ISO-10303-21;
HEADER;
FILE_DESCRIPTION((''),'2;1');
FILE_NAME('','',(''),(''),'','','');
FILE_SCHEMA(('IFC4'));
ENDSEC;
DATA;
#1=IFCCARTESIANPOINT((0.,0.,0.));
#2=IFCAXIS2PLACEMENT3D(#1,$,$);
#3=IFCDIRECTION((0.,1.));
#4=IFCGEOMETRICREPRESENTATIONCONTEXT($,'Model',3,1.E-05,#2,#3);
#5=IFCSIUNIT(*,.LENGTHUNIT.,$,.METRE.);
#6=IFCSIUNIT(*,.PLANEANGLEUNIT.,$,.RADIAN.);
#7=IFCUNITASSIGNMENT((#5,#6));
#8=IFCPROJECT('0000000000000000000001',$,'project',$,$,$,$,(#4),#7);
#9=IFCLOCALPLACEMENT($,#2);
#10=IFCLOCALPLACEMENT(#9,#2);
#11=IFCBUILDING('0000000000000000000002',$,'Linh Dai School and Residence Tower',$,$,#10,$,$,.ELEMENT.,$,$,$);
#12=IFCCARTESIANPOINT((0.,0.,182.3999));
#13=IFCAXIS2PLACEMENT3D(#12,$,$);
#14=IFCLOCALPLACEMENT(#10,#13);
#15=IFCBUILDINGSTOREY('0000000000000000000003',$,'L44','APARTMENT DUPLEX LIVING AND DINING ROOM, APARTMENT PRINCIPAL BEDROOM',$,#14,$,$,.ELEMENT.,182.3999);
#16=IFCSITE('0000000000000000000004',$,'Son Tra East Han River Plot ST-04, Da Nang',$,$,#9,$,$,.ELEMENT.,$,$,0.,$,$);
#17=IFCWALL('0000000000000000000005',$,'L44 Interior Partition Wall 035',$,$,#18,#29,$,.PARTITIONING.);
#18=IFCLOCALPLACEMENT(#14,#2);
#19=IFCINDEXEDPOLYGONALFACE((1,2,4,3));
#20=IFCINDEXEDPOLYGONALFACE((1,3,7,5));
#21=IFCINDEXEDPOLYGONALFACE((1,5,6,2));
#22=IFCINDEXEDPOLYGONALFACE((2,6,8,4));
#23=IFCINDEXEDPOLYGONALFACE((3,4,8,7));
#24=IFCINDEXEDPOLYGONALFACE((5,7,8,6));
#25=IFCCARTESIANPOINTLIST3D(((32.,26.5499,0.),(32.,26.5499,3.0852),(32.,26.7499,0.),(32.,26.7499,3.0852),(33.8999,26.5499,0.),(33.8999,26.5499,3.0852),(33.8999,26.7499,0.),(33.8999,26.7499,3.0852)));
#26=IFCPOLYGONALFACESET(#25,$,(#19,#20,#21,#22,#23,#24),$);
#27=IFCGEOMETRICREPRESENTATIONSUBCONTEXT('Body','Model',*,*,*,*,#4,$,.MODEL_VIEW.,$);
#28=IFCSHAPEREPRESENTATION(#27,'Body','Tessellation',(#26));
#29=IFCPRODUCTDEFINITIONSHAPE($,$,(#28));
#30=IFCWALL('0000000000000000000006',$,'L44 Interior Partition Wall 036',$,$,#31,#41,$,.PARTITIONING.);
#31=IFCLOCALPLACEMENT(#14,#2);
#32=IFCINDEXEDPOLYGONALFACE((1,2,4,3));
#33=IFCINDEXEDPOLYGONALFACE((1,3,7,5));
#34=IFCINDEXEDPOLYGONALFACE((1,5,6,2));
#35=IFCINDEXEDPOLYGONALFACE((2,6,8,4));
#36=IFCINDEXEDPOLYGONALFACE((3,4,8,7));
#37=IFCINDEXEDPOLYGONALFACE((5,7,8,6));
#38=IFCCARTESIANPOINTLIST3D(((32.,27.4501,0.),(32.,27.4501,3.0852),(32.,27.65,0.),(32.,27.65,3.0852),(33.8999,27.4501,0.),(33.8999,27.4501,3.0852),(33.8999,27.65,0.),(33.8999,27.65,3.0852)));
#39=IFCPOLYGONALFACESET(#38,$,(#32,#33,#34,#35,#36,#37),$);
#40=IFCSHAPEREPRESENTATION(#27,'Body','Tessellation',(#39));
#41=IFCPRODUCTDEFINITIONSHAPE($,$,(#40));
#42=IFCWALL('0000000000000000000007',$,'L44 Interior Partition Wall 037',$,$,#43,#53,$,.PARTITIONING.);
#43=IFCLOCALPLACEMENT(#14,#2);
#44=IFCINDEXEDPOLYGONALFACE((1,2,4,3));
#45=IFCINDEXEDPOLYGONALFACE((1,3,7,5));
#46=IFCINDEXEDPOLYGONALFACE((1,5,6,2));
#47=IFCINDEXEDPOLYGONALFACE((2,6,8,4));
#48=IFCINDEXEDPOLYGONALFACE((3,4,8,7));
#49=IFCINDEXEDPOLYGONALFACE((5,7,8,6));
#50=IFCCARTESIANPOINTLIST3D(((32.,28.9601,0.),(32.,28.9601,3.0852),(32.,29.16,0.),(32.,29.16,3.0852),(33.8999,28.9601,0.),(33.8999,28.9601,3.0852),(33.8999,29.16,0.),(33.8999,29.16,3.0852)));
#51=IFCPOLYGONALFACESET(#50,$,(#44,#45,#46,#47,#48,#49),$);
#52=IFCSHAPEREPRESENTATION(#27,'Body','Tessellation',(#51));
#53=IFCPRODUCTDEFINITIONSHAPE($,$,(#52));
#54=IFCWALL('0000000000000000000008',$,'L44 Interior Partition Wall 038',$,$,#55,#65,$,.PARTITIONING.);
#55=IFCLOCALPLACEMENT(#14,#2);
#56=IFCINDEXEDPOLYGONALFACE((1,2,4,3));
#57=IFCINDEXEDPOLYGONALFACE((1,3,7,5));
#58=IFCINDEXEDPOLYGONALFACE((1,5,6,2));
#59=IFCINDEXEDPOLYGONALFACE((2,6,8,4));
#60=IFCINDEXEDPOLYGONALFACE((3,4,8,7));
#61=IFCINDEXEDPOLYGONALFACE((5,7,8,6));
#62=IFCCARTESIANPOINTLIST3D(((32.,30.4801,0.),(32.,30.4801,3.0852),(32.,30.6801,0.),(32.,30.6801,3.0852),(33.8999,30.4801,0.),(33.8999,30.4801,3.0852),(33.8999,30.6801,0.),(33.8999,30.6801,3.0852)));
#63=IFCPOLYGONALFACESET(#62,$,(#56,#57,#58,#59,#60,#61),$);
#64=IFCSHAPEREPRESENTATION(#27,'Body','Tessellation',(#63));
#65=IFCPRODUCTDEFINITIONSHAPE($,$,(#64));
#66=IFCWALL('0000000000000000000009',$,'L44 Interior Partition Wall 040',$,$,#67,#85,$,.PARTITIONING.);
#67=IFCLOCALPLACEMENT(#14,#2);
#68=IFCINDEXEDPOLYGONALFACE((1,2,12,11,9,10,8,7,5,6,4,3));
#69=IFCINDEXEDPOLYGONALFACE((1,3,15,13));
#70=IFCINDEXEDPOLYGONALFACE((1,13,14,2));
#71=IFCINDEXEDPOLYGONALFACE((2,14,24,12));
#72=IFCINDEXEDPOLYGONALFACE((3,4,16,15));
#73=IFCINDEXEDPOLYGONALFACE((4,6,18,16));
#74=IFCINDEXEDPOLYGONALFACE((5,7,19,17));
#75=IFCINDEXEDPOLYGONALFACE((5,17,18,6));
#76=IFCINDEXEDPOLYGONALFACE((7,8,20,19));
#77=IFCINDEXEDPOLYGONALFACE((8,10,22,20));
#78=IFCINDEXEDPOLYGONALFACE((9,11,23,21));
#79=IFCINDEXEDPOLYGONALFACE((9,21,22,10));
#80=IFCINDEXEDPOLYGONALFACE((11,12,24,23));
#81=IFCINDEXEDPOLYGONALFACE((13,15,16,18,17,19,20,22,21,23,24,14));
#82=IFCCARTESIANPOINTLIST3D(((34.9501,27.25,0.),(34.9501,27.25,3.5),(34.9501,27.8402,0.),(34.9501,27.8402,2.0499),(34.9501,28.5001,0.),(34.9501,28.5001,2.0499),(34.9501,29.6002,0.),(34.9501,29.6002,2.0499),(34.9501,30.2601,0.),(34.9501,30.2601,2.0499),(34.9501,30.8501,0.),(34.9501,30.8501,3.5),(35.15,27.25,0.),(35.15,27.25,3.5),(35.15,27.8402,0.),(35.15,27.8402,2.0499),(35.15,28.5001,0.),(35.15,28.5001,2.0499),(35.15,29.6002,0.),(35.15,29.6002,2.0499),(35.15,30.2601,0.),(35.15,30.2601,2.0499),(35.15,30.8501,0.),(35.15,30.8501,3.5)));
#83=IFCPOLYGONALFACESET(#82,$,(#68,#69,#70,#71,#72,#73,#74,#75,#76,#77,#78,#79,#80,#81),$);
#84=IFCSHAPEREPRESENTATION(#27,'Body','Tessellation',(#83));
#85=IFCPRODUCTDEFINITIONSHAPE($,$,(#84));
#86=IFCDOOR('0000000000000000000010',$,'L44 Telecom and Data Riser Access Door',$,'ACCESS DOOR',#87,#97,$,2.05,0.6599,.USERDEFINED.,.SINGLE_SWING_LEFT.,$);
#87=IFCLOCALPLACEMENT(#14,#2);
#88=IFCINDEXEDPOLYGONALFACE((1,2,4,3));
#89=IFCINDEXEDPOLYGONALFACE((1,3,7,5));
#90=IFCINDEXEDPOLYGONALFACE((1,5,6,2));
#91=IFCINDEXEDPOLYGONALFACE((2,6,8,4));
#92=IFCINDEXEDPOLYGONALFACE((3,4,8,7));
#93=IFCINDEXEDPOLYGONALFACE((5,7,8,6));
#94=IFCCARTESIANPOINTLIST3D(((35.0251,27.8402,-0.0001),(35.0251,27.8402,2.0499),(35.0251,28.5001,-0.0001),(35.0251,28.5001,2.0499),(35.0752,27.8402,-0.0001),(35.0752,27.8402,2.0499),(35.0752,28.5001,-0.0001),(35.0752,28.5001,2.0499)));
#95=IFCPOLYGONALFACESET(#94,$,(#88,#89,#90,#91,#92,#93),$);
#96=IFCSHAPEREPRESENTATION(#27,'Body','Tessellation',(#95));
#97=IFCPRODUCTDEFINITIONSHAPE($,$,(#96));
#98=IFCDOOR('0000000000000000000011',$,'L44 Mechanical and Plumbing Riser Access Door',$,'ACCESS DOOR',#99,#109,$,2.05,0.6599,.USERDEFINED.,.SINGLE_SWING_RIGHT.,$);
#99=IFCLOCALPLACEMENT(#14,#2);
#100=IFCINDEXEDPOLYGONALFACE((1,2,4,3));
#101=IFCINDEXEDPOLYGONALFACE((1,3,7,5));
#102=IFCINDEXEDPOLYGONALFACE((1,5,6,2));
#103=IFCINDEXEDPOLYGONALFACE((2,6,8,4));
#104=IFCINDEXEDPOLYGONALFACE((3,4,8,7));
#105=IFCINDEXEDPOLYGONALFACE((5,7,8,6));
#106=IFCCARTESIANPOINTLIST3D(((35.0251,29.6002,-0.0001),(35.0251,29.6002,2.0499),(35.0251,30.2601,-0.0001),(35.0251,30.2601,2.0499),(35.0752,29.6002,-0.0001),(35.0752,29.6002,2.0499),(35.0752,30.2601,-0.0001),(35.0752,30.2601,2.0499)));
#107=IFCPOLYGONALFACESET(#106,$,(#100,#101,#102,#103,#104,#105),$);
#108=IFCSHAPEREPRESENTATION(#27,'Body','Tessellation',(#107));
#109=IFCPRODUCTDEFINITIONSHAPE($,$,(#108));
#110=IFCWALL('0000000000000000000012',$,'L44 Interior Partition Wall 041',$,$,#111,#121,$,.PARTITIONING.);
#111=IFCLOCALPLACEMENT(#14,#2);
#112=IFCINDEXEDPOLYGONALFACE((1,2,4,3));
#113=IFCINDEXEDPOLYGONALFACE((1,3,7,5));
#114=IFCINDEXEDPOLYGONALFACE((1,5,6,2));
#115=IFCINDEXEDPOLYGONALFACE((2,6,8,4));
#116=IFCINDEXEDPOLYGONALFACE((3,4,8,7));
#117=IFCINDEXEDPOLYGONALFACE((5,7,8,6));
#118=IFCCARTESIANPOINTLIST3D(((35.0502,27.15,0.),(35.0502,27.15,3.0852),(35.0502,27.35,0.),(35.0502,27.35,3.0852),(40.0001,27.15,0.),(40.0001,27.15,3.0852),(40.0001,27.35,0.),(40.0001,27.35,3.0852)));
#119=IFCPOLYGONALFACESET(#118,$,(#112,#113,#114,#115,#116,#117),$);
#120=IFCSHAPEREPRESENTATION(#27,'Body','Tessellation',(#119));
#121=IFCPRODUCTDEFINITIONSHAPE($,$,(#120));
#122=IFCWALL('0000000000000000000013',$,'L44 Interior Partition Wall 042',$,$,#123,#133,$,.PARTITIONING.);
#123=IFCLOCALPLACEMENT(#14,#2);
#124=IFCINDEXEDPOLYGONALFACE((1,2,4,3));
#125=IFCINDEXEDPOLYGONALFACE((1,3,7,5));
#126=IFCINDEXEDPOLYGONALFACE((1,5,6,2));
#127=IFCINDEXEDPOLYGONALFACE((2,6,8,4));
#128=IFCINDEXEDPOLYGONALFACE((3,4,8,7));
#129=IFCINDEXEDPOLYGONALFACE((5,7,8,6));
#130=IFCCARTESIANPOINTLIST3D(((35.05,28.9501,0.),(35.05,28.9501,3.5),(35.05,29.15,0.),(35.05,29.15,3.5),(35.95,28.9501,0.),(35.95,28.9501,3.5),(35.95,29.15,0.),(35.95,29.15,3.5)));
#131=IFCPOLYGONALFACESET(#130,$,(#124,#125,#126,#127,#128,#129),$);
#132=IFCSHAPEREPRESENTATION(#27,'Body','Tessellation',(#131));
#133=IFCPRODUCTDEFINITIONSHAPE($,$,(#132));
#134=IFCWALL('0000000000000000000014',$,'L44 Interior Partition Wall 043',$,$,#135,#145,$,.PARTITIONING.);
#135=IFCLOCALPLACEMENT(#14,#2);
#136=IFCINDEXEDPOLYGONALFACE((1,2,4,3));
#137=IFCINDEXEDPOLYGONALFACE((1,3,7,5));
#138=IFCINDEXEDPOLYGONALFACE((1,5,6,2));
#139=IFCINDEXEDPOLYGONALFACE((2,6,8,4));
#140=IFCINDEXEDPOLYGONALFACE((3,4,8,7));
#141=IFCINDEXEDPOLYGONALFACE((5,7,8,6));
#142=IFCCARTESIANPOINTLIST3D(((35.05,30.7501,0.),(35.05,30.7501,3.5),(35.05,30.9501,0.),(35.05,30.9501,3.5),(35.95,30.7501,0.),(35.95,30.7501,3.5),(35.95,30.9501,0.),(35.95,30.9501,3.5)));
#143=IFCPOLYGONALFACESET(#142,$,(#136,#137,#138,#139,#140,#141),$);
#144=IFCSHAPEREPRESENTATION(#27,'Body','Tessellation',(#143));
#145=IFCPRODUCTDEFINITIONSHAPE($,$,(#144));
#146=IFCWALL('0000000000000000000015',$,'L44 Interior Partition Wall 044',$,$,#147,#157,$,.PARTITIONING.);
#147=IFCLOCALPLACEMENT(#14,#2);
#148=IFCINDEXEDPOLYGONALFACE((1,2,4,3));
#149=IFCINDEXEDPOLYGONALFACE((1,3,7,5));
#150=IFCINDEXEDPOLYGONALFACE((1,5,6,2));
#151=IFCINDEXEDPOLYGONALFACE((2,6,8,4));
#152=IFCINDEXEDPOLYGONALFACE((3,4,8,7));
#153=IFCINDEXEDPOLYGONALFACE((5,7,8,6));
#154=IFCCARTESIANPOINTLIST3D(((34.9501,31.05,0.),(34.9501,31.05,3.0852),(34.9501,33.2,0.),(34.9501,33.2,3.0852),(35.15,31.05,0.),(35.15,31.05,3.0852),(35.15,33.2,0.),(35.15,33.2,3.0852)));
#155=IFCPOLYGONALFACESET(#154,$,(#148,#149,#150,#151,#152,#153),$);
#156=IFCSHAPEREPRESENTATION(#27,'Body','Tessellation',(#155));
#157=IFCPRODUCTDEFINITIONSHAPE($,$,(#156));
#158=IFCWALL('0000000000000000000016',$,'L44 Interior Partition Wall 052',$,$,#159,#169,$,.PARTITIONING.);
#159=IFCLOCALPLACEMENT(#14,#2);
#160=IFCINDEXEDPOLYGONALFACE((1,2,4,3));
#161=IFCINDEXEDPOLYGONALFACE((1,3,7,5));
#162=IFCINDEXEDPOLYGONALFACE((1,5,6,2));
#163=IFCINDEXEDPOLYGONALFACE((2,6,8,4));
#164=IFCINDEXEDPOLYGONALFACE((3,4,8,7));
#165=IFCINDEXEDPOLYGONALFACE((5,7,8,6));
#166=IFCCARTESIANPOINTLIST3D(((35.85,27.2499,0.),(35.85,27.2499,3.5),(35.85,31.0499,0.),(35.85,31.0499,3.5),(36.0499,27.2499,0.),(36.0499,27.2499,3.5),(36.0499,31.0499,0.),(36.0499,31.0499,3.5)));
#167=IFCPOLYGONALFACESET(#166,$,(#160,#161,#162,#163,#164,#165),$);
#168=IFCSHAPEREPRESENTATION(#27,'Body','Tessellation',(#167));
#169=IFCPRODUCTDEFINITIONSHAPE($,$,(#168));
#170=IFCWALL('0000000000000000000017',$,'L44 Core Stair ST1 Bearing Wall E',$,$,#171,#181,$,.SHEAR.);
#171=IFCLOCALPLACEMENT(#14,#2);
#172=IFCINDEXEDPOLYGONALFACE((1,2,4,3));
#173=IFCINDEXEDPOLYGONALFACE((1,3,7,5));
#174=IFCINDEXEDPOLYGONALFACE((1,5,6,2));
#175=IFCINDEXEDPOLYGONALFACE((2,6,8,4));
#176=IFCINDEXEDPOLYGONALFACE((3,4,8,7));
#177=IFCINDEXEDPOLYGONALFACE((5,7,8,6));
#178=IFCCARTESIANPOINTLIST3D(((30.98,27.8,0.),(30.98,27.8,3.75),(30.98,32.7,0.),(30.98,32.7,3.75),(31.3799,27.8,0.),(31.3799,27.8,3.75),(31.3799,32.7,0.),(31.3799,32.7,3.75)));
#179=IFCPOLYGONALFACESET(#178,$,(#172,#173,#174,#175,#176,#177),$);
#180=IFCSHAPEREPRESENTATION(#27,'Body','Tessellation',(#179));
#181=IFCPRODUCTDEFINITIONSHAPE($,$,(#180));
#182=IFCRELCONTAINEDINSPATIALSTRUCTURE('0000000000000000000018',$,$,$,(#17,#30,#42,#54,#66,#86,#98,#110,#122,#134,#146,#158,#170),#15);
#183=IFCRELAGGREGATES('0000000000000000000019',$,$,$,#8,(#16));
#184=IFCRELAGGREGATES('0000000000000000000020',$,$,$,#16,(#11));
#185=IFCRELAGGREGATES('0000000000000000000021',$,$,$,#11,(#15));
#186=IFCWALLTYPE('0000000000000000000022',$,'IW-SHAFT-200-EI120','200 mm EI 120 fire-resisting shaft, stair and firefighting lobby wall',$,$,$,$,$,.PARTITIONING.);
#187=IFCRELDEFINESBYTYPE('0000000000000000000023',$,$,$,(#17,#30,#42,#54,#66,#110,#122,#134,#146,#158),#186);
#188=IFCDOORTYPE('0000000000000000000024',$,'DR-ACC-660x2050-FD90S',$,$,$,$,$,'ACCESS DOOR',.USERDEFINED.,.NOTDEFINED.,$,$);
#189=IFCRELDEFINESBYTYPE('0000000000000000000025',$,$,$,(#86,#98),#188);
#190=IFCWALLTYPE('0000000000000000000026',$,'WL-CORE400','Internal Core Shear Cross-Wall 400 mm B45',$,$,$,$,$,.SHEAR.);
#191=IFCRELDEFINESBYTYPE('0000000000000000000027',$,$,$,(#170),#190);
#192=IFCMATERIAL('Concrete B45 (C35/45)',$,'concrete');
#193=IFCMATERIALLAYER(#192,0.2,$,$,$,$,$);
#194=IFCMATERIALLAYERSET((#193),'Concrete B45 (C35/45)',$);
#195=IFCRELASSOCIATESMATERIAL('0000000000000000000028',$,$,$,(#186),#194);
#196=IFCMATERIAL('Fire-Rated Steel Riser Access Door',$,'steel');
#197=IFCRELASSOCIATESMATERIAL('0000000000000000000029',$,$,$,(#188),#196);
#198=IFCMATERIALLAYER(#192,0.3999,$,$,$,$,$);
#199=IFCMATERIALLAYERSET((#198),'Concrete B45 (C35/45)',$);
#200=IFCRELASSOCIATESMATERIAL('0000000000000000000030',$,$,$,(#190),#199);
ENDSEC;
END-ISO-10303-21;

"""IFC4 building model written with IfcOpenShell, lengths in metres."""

from ifc_helpers import new_model, si_unit, direction, frame, frame_2d, origin, origin_2d, place, context, subcontext, project, spatial, rectangle, extrude, source, transform, mapped, material, layer, layer_set, type_object, element, fill, save


model = new_model("IFC4")

# Units and contexts
model_context = context("Model", 3, precision=1e-05, world=origin(), true_north=direction((0.0, 1.0)))
body_context = subcontext(model_context, "Body", "Model", "MODEL_VIEW")
ifc_project = project(units=[si_unit("LENGTHUNIT", "METRE"), si_unit("PLANEANGLEUNIT", "RADIAN")], contexts=[model_context])

# Site, building, storey
site_placement = place(None, origin())
site = spatial("IfcSite", under=ifc_project, at=site_placement, Name="Son Tra East Han River Plot ST-04, Da Nang", CompositionType="ELEMENT", RefElevation=0.0)
building_placement = place(site_placement, origin())
building = spatial("IfcBuilding", under=site, at=building_placement, Name="Linh Dai School and Residence Tower", CompositionType="ELEMENT")
storey_placement = place(building_placement, frame((0.0, 0.0, 182.3999)))
storey = spatial("IfcBuildingStorey", under=building, at=storey_placement, Name="L44", Description="APARTMENT DUPLEX LIVING AND DINING ROOM, APARTMENT PRINCIPAL BEDROOM", CompositionType="ELEMENT", Elevation=182.3999)

# Walls
ifc_material_1 = material(Name="Concrete B45 (C35/45)", Category="concrete")
ifc_layer_1 = layer(ifc_material_1, 0.2)
ifc_layer_set_1 = layer_set([ifc_layer_1], Name="Concrete B45 (C35/45)")
wall_type_1 = type_object("IfcWallType", Name="IW-SHAFT-200-EI120", Description="200 mm EI 120 fire-resisting shaft, stair and firefighting lobby wall", PredefinedType="PARTITIONING", material=ifc_layer_set_1)
for number, where, z_axis, x_axis, name in (
    (1, (32.0, 26.6499, 0.0), (0.0, 0.0, 1.0), (1.0, 0.0, 0.0), "L44 Interior Partition Wall 035"),
    (2, (32.0, 27.55, 0.0), (0.0, 0.0, 1.0), (1.0, 0.0, 0.0), "L44 Interior Partition Wall 036"),
    (3, (32.0, 29.0601, 0.0), (0.0, 0.0, 1.0), (1.0, 0.0, 0.0), "L44 Interior Partition Wall 037"),
    (4, (32.0, 30.5801, 0.0), (0.0, 0.0, 1.0), (1.0, 0.0, 0.0), "L44 Interior Partition Wall 038"),
):
    element("IfcWall", number, at=place(storey_placement, frame(where, z_axis=z_axis, x_axis=x_axis)), inside=storey, type_object=wall_type_1, Name=name, PredefinedType="PARTITIONING", context=body_context, shape_type="SweptSolid", body=[
        extrude(rectangle(XDim=1.8999, YDim=0.2, at=frame_2d((0.95, 0.0))), origin(), (0.0, 0.0, 1.0), 3.0852),
    ])

# Wall, openings, doors
wall_1_placement = place(storey_placement, frame((35.05, 27.25, 0.0), z_axis=(0.0, 0.0, 1.0), x_axis=(0.0, 1.0, 0.0)))
wall_1 = element("IfcWall", 5, at=wall_1_placement, inside=storey, type_object=wall_type_1, Name="L44 Interior Partition Wall 040", PredefinedType="PARTITIONING", context=body_context, shape_type="SweptSolid", body=[
    extrude(rectangle(XDim=3.6001, YDim=0.2, at=frame_2d((1.8, 0.0))), origin(), (0.0, 0.0, 1.0), 3.5),
])
opening_1_placement = place(wall_1_placement, frame((0.5901, 0.0, 0.0)))
opening_1 = element("IfcOpeningElement", 6, at=opening_1_placement, cuts=wall_1, PredefinedType="OPENING", context=body_context, shape_type="SweptSolid", body=[
    extrude(rectangle(XDim=0.6599, YDim=2.05, at=origin_2d()), frame((0.3301, 0.1099, 1.0249), z_axis=(0.0, -1.0, 0.0), x_axis=(1.0, 0.0, 0.0)), (0.0, 0.0, 1.0), 0.22),
])
opening_2_placement = place(wall_1_placement, frame((2.3501, 0.0, 0.0)))
opening_2 = element("IfcOpeningElement", 7, at=opening_2_placement, cuts=wall_1, PredefinedType="OPENING", context=body_context, shape_type="SweptSolid", body=[
    extrude(rectangle(XDim=0.6599, YDim=2.05, at=origin_2d()), frame((0.3301, 0.1099, 1.0249), z_axis=(0.0, -1.0, 0.0), x_axis=(1.0, 0.0, 0.0)), (0.0, 0.0, 1.0), 0.22),
])
ifc_material_2 = material(Name="Fire-Rated Steel Riser Access Door", Category="steel")
door_type_1 = type_object("IfcDoorType", Name="DR-ACC-660x2050-FD90S", ElementType="ACCESS DOOR", OperationType="NOTDEFINED", PredefinedType="USERDEFINED", material=ifc_material_2)
shared_shape_1 = source(origin(), body_context, "Body", "SweptSolid", [
    extrude(rectangle(XDim=0.6599, YDim=2.05, at=origin_2d()), frame((0.3301, 0.0249, 1.0249), z_axis=(0.0, -1.0, 0.0), x_axis=(1.0, 0.0, 0.0)), (0.0, 0.0, 1.0), 0.05),
])
door_1_placement = place(opening_1_placement, origin())
door_1 = element("IfcDoor", 8, at=door_1_placement, inside=storey, type_object=door_type_1, Name="L44 Telecom and Data Riser Access Door", ObjectType="ACCESS DOOR", OperationType="SINGLE_SWING_LEFT", OverallHeight=2.05, OverallWidth=0.6599, PredefinedType="USERDEFINED", context=body_context, shape_type="MappedRepresentation", body=[
    mapped(shared_shape_1, transform((0.0, 0.0, 0.0), x_axis=(1.0, 0.0, 0.0), y_axis=(0.0, 1.0, 0.0), z_axis=(0.0, 0.0, 1.0), scale=1.0)),
])
fill(opening_1, door_1)
door_2_placement = place(opening_2_placement, origin())
door_2 = element("IfcDoor", 9, at=door_2_placement, inside=storey, type_object=door_type_1, Name="L44 Mechanical and Plumbing Riser Access Door", ObjectType="ACCESS DOOR", OperationType="SINGLE_SWING_RIGHT", OverallHeight=2.05, OverallWidth=0.6599, PredefinedType="USERDEFINED", context=body_context, shape_type="MappedRepresentation", body=[
    mapped(shared_shape_1, transform((0.0, 0.0, 0.0), x_axis=(1.0, 0.0, 0.0), y_axis=(0.0, 1.0, 0.0), z_axis=(0.0, 0.0, 1.0), scale=1.0)),
])
fill(opening_2, door_2)

# Walls
wall_2_placement = place(storey_placement, frame((35.05, 27.25, 0.0), z_axis=(0.0, 0.0, 1.0), x_axis=(1.0, 0.0, 0.0)))
element("IfcWall", 10, at=wall_2_placement, inside=storey, type_object=wall_type_1, Name="L44 Interior Partition Wall 041", PredefinedType="PARTITIONING", context=body_context, shape_type="SweptSolid", body=[
    extrude(rectangle(XDim=4.95, YDim=0.2, at=frame_2d((2.4751, 0.0))), origin(), (0.0, 0.0, 1.0), 3.0852),
])
for number, where, z_axis, x_axis, name in (
    (11, (35.05, 29.05, 0.0), (0.0, 0.0, 1.0), (1.0, 0.0, 0.0), "L44 Interior Partition Wall 042"),
    (12, (35.05, 30.8501, 0.0), (0.0, 0.0, 1.0), (1.0, 0.0, 0.0), "L44 Interior Partition Wall 043"),
):
    element("IfcWall", number, at=place(storey_placement, frame(where, z_axis=z_axis, x_axis=x_axis)), inside=storey, type_object=wall_type_1, Name=name, PredefinedType="PARTITIONING", context=body_context, shape_type="SweptSolid", body=[
        extrude(rectangle(XDim=0.8999, YDim=0.2, at=frame_2d((0.45, 0.0))), origin(), (0.0, 0.0, 1.0), 3.5),
    ])
wall_3_placement = place(storey_placement, frame((35.05, 31.05, 0.0), z_axis=(0.0, 0.0, 1.0), x_axis=(0.0, 1.0, 0.0)))
element("IfcWall", 13, at=wall_3_placement, inside=storey, type_object=wall_type_1, Name="L44 Interior Partition Wall 044", PredefinedType="PARTITIONING", context=body_context, shape_type="SweptSolid", body=[
    extrude(rectangle(XDim=2.1499, YDim=0.2, at=frame_2d((1.075, 0.0))), origin(), (0.0, 0.0, 1.0), 3.0852),
])
wall_4_placement = place(storey_placement, frame((35.95, 27.25, 0.0), z_axis=(0.0, 0.0, 1.0), x_axis=(0.0, 1.0, 0.0)))
element("IfcWall", 14, at=wall_4_placement, inside=storey, type_object=wall_type_1, Name="L44 Interior Partition Wall 052", PredefinedType="PARTITIONING", context=body_context, shape_type="SweptSolid", body=[
    extrude(rectangle(XDim=3.8, YDim=0.2, at=frame_2d((1.8999, 0.0))), origin(), (0.0, 0.0, 1.0), 3.5),
])

# Wall
ifc_layer_2 = layer(ifc_material_1, 0.3999)
ifc_layer_set_2 = layer_set([ifc_layer_2], Name="Concrete B45 (C35/45)")
wall_type_2 = type_object("IfcWallType", Name="WL-CORE400", Description="Internal Core Shear Cross-Wall 400 mm B45", PredefinedType="SHEAR", material=ifc_layer_set_2)
wall_5_placement = place(storey_placement, frame((31.1799, 27.8, 0.0), z_axis=(0.0, 0.0, 1.0), x_axis=(0.0, 1.0, 0.0)))
element("IfcWall", 15, at=wall_5_placement, inside=storey, type_object=wall_type_2, Name="L44 Core Stair ST1 Bearing Wall E", PredefinedType="SHEAR", context=body_context, shape_type="SweptSolid", body=[
    extrude(rectangle(XDim=4.8999, YDim=0.3999, at=frame_2d((2.45, 0.0))), origin(), (0.0, 0.0, 1.0), 3.75),
])

save(model, "model.ifc")
